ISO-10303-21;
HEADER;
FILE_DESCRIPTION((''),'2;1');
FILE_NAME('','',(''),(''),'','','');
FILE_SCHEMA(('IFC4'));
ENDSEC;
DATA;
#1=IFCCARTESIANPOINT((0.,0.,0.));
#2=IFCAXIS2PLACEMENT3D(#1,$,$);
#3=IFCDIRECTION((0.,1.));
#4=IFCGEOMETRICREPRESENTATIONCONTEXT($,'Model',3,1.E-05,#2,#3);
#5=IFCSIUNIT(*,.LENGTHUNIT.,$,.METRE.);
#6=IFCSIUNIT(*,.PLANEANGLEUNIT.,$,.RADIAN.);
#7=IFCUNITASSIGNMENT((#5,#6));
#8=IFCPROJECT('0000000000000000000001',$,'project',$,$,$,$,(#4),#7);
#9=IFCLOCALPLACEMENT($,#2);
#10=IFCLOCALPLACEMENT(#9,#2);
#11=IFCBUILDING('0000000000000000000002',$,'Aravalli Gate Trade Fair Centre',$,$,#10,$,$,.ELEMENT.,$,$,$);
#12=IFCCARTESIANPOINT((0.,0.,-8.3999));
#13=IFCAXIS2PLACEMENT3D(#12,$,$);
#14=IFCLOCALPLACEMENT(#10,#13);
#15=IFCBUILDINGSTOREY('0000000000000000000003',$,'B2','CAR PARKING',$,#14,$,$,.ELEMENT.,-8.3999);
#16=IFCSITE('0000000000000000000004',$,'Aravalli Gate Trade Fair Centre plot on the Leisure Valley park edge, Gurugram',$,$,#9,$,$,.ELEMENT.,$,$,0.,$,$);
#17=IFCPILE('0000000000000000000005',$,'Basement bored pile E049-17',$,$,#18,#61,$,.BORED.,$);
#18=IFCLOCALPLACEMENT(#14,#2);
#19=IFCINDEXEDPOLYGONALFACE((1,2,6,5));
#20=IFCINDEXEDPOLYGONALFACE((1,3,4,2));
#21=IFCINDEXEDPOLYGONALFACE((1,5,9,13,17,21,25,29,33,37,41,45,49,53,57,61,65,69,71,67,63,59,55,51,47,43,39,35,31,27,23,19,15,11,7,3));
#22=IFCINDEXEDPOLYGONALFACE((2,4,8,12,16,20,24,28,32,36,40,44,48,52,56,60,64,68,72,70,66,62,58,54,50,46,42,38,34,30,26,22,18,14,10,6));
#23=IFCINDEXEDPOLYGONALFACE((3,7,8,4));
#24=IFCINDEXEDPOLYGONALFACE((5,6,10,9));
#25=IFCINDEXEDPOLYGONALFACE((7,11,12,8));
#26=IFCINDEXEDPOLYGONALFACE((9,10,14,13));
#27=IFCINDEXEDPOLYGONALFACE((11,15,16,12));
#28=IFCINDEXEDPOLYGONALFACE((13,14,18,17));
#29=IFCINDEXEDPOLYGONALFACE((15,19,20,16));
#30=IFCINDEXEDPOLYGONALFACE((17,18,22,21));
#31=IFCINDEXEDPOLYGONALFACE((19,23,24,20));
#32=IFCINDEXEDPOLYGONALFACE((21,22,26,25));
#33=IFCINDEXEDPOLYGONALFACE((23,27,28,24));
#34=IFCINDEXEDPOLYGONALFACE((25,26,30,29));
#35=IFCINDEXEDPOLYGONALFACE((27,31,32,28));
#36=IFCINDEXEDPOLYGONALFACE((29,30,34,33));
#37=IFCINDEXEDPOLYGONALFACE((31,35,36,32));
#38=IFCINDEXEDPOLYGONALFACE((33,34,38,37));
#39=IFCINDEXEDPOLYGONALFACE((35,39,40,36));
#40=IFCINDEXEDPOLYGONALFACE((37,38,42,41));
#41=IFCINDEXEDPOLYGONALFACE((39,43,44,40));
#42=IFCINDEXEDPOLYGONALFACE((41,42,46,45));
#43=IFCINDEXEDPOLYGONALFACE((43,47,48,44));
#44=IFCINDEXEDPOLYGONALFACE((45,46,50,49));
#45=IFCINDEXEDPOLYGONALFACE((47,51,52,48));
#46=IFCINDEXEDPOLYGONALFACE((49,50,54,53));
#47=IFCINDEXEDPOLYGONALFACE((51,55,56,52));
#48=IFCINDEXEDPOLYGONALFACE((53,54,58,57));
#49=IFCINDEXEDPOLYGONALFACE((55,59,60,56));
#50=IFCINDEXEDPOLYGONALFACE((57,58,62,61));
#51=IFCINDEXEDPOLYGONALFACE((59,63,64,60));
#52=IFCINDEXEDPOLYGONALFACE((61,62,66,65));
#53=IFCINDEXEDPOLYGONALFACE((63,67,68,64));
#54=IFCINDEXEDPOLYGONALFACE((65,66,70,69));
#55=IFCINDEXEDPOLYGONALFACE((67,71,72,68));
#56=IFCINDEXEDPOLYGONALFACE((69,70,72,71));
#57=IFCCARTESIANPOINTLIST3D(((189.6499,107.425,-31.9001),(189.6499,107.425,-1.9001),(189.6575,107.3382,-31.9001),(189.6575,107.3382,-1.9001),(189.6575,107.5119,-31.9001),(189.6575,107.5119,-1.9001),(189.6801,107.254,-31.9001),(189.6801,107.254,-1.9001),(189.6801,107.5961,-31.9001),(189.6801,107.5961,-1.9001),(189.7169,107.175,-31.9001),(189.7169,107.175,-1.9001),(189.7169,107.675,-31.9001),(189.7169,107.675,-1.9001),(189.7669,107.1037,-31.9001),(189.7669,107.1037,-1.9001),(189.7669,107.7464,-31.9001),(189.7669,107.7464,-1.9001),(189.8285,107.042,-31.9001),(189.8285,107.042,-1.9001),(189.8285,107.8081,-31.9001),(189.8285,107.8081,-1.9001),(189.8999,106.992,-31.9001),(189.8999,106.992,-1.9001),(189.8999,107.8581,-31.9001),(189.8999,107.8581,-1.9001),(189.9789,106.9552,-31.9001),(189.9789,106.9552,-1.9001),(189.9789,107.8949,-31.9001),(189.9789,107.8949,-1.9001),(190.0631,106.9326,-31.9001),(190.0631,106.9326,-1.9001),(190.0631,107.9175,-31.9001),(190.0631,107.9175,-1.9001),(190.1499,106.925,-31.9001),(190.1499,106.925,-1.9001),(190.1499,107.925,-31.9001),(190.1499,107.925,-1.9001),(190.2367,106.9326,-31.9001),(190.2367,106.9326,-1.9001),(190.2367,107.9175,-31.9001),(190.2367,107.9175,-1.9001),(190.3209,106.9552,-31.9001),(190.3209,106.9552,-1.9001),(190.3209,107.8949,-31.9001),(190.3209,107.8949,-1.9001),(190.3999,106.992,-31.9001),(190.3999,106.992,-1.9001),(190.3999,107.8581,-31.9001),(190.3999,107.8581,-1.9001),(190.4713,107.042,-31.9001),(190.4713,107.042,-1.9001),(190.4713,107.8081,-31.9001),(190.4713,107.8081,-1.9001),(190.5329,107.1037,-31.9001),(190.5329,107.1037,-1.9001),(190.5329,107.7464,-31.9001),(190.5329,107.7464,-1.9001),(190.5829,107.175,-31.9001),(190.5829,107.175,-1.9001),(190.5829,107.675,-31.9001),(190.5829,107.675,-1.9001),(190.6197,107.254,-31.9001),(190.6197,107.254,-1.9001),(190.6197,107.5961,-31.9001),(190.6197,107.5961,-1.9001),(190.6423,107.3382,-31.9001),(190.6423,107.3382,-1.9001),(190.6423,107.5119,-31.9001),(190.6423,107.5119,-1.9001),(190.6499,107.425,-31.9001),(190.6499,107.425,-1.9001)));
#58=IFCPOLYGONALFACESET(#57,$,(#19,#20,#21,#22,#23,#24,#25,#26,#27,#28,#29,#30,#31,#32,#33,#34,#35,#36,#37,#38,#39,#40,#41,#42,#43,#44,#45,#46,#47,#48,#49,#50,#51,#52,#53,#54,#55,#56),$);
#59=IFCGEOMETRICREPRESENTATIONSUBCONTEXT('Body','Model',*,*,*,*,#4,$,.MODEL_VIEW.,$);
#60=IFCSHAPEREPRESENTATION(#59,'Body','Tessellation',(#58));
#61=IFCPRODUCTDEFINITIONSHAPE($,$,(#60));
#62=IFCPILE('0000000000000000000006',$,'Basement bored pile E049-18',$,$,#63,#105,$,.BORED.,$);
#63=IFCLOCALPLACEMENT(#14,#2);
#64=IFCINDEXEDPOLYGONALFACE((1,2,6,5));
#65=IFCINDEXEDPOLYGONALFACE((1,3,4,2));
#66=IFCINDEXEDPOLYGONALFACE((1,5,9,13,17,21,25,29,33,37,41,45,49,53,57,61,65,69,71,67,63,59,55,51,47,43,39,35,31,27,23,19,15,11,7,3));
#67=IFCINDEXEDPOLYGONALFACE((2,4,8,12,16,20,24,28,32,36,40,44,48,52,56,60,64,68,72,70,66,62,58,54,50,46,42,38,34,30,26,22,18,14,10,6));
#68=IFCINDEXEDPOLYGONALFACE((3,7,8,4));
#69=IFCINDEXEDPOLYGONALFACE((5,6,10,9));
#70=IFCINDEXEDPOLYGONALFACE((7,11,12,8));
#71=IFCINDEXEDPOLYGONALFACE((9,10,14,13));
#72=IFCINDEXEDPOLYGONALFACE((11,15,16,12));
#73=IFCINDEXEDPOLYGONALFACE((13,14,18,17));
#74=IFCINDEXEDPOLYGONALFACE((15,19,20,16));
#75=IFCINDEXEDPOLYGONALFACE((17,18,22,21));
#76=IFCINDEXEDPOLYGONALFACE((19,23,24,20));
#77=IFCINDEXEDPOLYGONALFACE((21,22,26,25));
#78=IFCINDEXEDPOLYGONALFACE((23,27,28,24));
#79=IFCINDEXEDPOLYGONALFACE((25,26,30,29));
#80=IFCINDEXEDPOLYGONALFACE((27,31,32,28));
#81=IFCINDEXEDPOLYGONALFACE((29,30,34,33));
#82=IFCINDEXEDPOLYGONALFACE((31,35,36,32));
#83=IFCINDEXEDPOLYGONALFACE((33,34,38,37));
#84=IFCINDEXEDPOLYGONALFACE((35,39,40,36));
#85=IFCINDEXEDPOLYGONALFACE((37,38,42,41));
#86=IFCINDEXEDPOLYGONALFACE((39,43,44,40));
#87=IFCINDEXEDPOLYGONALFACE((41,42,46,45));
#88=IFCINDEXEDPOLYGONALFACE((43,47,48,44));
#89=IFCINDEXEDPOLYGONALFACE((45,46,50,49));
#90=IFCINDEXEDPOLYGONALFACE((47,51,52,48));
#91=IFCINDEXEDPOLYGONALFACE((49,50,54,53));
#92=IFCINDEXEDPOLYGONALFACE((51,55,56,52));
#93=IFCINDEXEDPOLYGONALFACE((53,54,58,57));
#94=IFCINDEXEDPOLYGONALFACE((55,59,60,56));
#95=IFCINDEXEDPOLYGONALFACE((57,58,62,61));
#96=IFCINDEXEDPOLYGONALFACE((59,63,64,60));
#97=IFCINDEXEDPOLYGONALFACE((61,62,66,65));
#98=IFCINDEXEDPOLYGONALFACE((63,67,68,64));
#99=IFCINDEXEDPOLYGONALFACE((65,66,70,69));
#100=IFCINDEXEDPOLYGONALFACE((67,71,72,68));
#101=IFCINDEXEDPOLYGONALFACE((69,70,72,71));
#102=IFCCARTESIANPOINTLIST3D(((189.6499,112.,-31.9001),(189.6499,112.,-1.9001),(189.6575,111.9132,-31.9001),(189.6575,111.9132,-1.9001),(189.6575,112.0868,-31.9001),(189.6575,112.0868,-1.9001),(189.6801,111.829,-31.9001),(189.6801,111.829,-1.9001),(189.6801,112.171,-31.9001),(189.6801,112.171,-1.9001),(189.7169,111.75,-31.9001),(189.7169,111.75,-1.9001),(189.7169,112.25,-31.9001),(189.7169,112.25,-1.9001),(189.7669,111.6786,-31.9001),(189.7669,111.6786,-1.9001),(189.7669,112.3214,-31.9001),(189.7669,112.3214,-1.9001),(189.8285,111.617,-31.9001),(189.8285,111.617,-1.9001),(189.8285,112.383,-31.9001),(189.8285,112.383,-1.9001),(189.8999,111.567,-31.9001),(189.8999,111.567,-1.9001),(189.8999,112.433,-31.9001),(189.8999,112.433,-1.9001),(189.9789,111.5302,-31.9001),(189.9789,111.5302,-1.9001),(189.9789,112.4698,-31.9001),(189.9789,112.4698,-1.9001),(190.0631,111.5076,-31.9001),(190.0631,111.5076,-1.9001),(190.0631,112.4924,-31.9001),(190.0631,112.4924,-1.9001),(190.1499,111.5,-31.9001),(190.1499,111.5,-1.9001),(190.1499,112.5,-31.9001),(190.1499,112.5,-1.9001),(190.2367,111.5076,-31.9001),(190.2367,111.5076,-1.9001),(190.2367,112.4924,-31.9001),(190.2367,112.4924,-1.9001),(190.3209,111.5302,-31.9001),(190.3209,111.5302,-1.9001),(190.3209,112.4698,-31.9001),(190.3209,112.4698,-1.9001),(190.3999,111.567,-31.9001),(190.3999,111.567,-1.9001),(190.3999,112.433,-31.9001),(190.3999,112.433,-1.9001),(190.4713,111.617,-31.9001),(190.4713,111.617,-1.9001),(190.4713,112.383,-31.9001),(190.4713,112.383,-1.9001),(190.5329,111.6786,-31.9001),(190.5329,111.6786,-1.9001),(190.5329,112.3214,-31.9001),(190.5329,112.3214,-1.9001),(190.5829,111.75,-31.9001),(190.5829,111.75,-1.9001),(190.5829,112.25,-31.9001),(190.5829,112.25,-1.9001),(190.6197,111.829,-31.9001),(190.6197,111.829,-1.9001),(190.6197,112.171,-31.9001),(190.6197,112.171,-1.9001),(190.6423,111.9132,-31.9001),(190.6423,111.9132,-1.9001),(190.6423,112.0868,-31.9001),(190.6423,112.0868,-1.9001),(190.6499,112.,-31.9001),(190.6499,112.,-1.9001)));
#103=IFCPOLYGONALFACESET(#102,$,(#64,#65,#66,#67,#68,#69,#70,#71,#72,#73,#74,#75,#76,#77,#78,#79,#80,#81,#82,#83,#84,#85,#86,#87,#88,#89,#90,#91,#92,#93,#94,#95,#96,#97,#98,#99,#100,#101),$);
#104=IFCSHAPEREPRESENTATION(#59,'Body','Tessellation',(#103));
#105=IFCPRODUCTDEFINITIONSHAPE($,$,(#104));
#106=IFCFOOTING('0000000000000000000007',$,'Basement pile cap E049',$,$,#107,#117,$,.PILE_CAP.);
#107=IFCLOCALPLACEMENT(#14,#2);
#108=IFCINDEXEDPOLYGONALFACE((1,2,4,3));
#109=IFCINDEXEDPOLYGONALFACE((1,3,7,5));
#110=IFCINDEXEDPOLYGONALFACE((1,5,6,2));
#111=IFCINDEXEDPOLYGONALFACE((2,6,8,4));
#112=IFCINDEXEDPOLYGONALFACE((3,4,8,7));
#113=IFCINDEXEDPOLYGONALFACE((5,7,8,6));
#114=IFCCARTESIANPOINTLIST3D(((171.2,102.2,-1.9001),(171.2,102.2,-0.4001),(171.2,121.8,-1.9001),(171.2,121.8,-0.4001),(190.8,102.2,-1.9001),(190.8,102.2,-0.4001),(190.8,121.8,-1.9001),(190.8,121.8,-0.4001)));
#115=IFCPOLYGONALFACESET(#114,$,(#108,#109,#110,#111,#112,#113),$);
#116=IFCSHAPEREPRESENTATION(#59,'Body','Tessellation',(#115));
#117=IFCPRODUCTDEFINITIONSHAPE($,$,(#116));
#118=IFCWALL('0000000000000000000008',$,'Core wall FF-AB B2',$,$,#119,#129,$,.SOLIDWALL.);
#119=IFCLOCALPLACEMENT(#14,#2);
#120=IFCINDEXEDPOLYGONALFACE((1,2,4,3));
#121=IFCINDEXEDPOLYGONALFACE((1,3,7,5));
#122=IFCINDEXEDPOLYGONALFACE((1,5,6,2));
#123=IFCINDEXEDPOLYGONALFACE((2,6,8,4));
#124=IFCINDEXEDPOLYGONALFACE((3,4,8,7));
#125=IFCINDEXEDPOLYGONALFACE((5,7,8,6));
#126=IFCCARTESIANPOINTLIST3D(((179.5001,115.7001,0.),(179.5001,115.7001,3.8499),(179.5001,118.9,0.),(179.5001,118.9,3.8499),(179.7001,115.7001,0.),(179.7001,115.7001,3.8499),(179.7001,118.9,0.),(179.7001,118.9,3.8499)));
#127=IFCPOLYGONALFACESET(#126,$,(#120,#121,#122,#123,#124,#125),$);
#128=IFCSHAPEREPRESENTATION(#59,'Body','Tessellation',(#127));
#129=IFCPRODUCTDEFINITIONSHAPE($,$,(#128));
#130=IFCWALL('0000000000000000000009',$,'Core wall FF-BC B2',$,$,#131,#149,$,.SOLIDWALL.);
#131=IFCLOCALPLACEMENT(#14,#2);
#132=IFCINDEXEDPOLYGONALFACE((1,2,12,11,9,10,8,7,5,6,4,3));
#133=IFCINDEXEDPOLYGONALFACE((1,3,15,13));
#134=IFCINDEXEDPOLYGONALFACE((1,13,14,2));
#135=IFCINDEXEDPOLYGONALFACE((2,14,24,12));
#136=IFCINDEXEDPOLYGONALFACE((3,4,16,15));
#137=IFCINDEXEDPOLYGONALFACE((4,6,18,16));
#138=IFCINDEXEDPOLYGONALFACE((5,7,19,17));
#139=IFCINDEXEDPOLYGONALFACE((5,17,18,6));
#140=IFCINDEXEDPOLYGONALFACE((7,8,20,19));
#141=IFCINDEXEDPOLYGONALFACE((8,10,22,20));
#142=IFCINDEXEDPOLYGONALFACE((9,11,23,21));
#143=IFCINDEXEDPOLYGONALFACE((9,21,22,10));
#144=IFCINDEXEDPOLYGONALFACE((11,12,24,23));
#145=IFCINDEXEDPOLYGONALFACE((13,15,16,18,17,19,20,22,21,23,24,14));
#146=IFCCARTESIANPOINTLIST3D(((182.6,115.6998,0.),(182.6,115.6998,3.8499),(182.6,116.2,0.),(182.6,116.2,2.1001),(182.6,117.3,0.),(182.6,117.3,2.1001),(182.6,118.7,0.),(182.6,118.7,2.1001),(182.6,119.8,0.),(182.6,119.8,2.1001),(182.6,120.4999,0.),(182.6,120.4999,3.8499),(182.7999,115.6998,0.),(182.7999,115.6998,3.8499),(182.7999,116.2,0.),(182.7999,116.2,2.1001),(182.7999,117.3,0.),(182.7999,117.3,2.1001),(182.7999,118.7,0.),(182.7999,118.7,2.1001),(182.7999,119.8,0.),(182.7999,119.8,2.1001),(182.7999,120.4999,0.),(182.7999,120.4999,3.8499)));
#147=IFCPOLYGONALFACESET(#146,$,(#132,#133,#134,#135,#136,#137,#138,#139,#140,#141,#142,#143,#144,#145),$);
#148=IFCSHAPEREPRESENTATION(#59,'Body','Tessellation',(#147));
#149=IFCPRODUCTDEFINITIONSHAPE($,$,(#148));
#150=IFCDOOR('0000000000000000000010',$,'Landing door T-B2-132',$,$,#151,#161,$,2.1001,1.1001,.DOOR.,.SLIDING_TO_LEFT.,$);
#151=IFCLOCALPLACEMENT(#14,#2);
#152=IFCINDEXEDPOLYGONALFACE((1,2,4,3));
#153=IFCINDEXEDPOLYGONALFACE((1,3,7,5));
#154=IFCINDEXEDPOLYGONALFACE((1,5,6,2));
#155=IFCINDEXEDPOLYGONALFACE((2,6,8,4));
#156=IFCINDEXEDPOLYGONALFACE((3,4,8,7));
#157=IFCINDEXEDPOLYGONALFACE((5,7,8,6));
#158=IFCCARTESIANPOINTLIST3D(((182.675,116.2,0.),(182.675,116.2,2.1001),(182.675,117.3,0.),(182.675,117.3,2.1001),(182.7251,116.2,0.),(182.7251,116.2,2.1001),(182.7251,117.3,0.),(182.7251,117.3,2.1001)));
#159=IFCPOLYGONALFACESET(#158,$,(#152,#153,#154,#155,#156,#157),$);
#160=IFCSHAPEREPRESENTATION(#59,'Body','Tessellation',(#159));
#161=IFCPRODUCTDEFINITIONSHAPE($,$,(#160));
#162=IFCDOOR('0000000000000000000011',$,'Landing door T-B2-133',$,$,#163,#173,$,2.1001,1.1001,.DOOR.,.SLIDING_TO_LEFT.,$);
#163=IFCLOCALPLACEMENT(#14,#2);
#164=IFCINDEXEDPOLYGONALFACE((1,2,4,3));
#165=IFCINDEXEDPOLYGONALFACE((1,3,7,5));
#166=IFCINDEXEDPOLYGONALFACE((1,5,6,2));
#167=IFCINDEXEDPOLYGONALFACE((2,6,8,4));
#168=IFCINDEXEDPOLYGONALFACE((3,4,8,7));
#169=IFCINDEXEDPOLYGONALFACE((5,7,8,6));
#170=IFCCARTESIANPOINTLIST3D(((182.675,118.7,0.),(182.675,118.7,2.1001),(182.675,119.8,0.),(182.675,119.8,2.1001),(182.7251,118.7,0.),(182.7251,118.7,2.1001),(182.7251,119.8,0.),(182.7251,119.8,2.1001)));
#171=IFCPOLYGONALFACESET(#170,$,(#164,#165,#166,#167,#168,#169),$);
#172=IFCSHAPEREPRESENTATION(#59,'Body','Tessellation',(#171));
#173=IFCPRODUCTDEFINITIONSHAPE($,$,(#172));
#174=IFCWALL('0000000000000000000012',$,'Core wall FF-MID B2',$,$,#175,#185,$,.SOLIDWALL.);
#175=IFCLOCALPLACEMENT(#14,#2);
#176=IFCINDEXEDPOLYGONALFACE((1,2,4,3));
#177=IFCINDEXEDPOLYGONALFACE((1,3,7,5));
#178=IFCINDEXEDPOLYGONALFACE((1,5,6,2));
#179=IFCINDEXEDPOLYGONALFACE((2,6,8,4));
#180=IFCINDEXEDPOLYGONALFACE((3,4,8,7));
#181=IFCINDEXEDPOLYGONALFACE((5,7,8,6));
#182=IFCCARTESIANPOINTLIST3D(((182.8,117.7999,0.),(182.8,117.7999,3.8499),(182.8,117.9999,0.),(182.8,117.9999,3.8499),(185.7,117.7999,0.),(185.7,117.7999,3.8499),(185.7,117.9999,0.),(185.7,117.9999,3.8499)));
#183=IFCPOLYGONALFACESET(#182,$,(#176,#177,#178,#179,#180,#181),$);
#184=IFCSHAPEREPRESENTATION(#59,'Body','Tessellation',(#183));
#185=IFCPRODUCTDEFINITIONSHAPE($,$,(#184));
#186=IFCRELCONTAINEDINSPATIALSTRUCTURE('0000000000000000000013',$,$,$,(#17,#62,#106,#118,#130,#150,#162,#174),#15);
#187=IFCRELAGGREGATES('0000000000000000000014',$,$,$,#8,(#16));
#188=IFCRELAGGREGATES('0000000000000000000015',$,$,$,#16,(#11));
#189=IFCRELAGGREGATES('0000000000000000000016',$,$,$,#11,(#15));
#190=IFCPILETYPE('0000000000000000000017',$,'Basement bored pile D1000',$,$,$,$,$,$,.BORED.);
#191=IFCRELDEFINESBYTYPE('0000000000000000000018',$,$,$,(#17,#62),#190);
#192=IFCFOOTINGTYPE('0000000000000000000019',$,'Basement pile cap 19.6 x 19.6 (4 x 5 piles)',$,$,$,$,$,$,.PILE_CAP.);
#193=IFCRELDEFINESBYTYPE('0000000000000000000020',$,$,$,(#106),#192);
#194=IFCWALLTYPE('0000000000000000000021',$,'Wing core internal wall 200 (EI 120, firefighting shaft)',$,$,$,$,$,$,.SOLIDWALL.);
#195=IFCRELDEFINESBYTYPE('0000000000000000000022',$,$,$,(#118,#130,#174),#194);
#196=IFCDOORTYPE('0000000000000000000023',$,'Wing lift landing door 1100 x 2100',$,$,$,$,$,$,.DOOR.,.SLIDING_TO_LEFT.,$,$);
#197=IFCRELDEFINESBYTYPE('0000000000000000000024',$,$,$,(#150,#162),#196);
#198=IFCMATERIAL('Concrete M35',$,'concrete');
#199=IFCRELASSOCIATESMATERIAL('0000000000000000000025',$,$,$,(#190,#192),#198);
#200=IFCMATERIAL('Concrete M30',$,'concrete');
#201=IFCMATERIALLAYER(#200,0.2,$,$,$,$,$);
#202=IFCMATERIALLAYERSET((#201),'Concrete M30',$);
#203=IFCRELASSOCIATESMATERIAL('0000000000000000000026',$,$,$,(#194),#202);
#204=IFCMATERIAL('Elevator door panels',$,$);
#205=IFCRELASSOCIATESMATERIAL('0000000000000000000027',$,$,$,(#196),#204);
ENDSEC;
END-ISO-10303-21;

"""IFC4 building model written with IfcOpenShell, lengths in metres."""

from ifc_helpers import new_model, si_unit, direction, frame, frame_2d, origin, origin_2d, place, context, subcontext, project, spatial, rectangle, circle, extrude, material, layer, layer_set, material_profile, profile_set, type_object, element, fill, save


model = new_model("IFC4")

# Units and contexts
model_context = context("Model", 3, precision=1e-05, world=origin(), true_north=direction((0.0, 1.0)))
body_context = subcontext(model_context, "Body", "Model", "MODEL_VIEW")
ifc_project = project(units=[si_unit("LENGTHUNIT", "METRE"), si_unit("PLANEANGLEUNIT", "RADIAN")], contexts=[model_context])

# Site, building, storey
site_placement = place(None, origin())
site = spatial("IfcSite", under=ifc_project, at=site_placement, Name="Aravalli Gate Trade Fair Centre plot on the Leisure Valley park edge, Gurugram", CompositionType="ELEMENT", RefElevation=0.0)
building_placement = place(site_placement, origin())
building = spatial("IfcBuilding", under=site, at=building_placement, Name="Aravalli Gate Trade Fair Centre", CompositionType="ELEMENT")
storey_placement = place(building_placement, frame((0.0, 0.0, -8.3999)))
storey = spatial("IfcBuildingStorey", under=building, at=storey_placement, Name="B2", Description="CAR PARKING", CompositionType="ELEMENT", Elevation=-8.3999)

# Piles
ifc_material_1 = material(Name="Concrete M35", Category="concrete")
ifc_material_profile = material_profile(ifc_material_1, circle(Radius=0.5, at=origin_2d()), Name="D1000")
ifc_profile_set = profile_set([ifc_material_profile], Name="Concrete M35")
pile_type = type_object("IfcPileType", Name="Basement bored pile D1000", PredefinedType="BORED", material=ifc_profile_set)
for number, where, z_axis, x_axis, name in (
    (1, (190.1499, 107.425, -1.9001), (0.0, 0.0, -1.0), (1.0, 0.0, 0.0), "Basement bored pile E049-17"),
    (2, (190.1499, 112.0, -1.9001), (0.0, 0.0, -1.0), (1.0, 0.0, 0.0), "Basement bored pile E049-18"),
):
    element("IfcPile", number, at=place(storey_placement, frame(where, z_axis=z_axis, x_axis=x_axis)), inside=storey, type_object=pile_type, Name=name, PredefinedType="BORED", context=body_context, shape_type="SweptSolid", body=[
        extrude(circle(Radius=0.5, at=origin_2d()), origin(), (0.0, 0.0, 1.0), 30.0),
    ])

# Footing
footing_type = type_object("IfcFootingType", Name="Basement pile cap 19.6 x 19.6 (4 x 5 piles)", PredefinedType="PILE_CAP", material=ifc_material_1)
footing_placement = place(storey_placement, frame((181.0, 112.0, -1.9001), z_axis=(0.0, 0.0, 1.0), x_axis=(1.0, 0.0, 0.0)))
element("IfcFooting", 3, at=footing_placement, inside=storey, type_object=footing_type, Name="Basement pile cap E049", PredefinedType="PILE_CAP", context=body_context, shape_type="SweptSolid", body=[
    extrude(rectangle(XDim=19.6001, YDim=19.6001, at=origin_2d()), origin(), (0.0, 0.0, 1.0), 1.5),
])

# Wall
ifc_material_2 = material(Name="Concrete M30", Category="concrete")
ifc_layer_1 = layer(ifc_material_2, 0.2)
ifc_layer_set_1 = layer_set([ifc_layer_1], Name="Concrete M30")
wall_type_1 = type_object("IfcWallType", Name="Wing core internal wall 200 (EI 120, firefighting shaft)", PredefinedType="SOLIDWALL", material=ifc_layer_set_1)
wall_1_placement = place(storey_placement, frame((179.6001, 115.7, 0.0), z_axis=(0.0, 0.0, 1.0), x_axis=(0.0, 1.0, 0.0)))
element("IfcWall", 4, at=wall_1_placement, inside=storey, type_object=wall_type_1, Name="Core wall FF-AB B2", PredefinedType="SOLIDWALL", context=body_context, shape_type="SweptSolid", body=[
    extrude(rectangle(XDim=3.2, YDim=0.2, at=frame_2d((1.6001, 0.0))), origin(), (0.0, 0.0, 1.0), 3.8499),
])

# Wall, openings, doors
wall_2_placement = place(storey_placement, frame((182.7, 115.7, 0.0), z_axis=(0.0, 0.0, 1.0), x_axis=(0.0, 1.0, 0.0)))
wall_2 = element("IfcWall", 5, at=wall_2_placement, inside=storey, type_object=wall_type_1, Name="Core wall FF-BC B2", PredefinedType="SOLIDWALL", context=body_context, shape_type="SweptSolid", body=[
    extrude(rectangle(XDim=4.8, YDim=0.2, at=frame_2d((2.3999, 0.0))), origin(), (0.0, 0.0, 1.0), 3.8499),
])
opening_1_placement = place(wall_2_placement, frame((0.5, 0.0, 0.0)))
opening_1 = element("IfcOpeningElement", 6, at=opening_1_placement, cuts=wall_2, PredefinedType="OPENING", context=body_context, shape_type="SweptSolid", body=[
    extrude(rectangle(XDim=1.1001, YDim=2.1001, at=frame_2d((0.55, 1.05))), frame((0.0, 0.1099, 0.0), z_axis=(0.0, -1.0, 0.0), x_axis=(1.0, 0.0, 0.0)), (0.0, 0.0, 1.0), 0.22),
])
opening_2_placement = place(wall_2_placement, frame((3.0, 0.0, 0.0)))
opening_2 = element("IfcOpeningElement", 7, at=opening_2_placement, cuts=wall_2, PredefinedType="OPENING", context=body_context, shape_type="SweptSolid", body=[
    extrude(rectangle(XDim=1.1001, YDim=2.1001, at=frame_2d((0.55, 1.05))), frame((0.0, 0.1099, 0.0), z_axis=(0.0, -1.0, 0.0), x_axis=(1.0, 0.0, 0.0)), (0.0, 0.0, 1.0), 0.22),
])
ifc_material_3 = material(Name="Elevator door panels")
door_type = type_object("IfcDoorType", Name="Wing lift landing door 1100 x 2100", OperationType="SLIDING_TO_LEFT", PredefinedType="DOOR", material=ifc_material_3)
door_1_placement = place(opening_1_placement, origin())
door_1 = element("IfcDoor", 8, at=door_1_placement, inside=storey, type_object=door_type, Name="Landing door T-B2-132", OperationType="SLIDING_TO_LEFT", OverallHeight=2.1001, OverallWidth=1.1001, PredefinedType="DOOR", context=body_context, shape_type="SweptSolid", body=[
    extrude(rectangle(XDim=1.1001, YDim=2.1001, at=frame_2d((0.55, 1.05))), frame((0.0, 0.0249, 0.0), z_axis=(0.0, -1.0, 0.0), x_axis=(1.0, 0.0, 0.0)), (0.0, 0.0, 1.0), 0.05),
])
fill(opening_1, door_1)
door_2_placement = place(opening_2_placement, origin())
door_2 = element("IfcDoor", 9, at=door_2_placement, inside=storey, type_object=door_type, Name="Landing door T-B2-133", OperationType="SLIDING_TO_LEFT", OverallHeight=2.1001, OverallWidth=1.1001, PredefinedType="DOOR", context=body_context, shape_type="SweptSolid", body=[
    extrude(rectangle(XDim=1.1001, YDim=2.1001, at=frame_2d((0.55, 1.05))), frame((0.0, 0.0249, 0.0), z_axis=(0.0, -1.0, 0.0), x_axis=(1.0, 0.0, 0.0)), (0.0, 0.0, 1.0), 0.05),
])
fill(opening_2, door_2)

# Wall
wall_3_placement = place(storey_placement, frame((182.8, 117.8999, 0.0), z_axis=(0.0, 0.0, 1.0), x_axis=(1.0, 0.0, 0.0)))
element("IfcWall", 10, at=wall_3_placement, inside=storey, type_object=wall_type_1, Name="Core wall FF-MID B2", PredefinedType="SOLIDWALL", context=body_context, shape_type="SweptSolid", body=[
    extrude(rectangle(XDim=2.8999, YDim=0.2, at=frame_2d((1.45, 0.0))), origin(), (0.0, 0.0, 1.0), 3.8499),
])

save(model, "model.ifc")
